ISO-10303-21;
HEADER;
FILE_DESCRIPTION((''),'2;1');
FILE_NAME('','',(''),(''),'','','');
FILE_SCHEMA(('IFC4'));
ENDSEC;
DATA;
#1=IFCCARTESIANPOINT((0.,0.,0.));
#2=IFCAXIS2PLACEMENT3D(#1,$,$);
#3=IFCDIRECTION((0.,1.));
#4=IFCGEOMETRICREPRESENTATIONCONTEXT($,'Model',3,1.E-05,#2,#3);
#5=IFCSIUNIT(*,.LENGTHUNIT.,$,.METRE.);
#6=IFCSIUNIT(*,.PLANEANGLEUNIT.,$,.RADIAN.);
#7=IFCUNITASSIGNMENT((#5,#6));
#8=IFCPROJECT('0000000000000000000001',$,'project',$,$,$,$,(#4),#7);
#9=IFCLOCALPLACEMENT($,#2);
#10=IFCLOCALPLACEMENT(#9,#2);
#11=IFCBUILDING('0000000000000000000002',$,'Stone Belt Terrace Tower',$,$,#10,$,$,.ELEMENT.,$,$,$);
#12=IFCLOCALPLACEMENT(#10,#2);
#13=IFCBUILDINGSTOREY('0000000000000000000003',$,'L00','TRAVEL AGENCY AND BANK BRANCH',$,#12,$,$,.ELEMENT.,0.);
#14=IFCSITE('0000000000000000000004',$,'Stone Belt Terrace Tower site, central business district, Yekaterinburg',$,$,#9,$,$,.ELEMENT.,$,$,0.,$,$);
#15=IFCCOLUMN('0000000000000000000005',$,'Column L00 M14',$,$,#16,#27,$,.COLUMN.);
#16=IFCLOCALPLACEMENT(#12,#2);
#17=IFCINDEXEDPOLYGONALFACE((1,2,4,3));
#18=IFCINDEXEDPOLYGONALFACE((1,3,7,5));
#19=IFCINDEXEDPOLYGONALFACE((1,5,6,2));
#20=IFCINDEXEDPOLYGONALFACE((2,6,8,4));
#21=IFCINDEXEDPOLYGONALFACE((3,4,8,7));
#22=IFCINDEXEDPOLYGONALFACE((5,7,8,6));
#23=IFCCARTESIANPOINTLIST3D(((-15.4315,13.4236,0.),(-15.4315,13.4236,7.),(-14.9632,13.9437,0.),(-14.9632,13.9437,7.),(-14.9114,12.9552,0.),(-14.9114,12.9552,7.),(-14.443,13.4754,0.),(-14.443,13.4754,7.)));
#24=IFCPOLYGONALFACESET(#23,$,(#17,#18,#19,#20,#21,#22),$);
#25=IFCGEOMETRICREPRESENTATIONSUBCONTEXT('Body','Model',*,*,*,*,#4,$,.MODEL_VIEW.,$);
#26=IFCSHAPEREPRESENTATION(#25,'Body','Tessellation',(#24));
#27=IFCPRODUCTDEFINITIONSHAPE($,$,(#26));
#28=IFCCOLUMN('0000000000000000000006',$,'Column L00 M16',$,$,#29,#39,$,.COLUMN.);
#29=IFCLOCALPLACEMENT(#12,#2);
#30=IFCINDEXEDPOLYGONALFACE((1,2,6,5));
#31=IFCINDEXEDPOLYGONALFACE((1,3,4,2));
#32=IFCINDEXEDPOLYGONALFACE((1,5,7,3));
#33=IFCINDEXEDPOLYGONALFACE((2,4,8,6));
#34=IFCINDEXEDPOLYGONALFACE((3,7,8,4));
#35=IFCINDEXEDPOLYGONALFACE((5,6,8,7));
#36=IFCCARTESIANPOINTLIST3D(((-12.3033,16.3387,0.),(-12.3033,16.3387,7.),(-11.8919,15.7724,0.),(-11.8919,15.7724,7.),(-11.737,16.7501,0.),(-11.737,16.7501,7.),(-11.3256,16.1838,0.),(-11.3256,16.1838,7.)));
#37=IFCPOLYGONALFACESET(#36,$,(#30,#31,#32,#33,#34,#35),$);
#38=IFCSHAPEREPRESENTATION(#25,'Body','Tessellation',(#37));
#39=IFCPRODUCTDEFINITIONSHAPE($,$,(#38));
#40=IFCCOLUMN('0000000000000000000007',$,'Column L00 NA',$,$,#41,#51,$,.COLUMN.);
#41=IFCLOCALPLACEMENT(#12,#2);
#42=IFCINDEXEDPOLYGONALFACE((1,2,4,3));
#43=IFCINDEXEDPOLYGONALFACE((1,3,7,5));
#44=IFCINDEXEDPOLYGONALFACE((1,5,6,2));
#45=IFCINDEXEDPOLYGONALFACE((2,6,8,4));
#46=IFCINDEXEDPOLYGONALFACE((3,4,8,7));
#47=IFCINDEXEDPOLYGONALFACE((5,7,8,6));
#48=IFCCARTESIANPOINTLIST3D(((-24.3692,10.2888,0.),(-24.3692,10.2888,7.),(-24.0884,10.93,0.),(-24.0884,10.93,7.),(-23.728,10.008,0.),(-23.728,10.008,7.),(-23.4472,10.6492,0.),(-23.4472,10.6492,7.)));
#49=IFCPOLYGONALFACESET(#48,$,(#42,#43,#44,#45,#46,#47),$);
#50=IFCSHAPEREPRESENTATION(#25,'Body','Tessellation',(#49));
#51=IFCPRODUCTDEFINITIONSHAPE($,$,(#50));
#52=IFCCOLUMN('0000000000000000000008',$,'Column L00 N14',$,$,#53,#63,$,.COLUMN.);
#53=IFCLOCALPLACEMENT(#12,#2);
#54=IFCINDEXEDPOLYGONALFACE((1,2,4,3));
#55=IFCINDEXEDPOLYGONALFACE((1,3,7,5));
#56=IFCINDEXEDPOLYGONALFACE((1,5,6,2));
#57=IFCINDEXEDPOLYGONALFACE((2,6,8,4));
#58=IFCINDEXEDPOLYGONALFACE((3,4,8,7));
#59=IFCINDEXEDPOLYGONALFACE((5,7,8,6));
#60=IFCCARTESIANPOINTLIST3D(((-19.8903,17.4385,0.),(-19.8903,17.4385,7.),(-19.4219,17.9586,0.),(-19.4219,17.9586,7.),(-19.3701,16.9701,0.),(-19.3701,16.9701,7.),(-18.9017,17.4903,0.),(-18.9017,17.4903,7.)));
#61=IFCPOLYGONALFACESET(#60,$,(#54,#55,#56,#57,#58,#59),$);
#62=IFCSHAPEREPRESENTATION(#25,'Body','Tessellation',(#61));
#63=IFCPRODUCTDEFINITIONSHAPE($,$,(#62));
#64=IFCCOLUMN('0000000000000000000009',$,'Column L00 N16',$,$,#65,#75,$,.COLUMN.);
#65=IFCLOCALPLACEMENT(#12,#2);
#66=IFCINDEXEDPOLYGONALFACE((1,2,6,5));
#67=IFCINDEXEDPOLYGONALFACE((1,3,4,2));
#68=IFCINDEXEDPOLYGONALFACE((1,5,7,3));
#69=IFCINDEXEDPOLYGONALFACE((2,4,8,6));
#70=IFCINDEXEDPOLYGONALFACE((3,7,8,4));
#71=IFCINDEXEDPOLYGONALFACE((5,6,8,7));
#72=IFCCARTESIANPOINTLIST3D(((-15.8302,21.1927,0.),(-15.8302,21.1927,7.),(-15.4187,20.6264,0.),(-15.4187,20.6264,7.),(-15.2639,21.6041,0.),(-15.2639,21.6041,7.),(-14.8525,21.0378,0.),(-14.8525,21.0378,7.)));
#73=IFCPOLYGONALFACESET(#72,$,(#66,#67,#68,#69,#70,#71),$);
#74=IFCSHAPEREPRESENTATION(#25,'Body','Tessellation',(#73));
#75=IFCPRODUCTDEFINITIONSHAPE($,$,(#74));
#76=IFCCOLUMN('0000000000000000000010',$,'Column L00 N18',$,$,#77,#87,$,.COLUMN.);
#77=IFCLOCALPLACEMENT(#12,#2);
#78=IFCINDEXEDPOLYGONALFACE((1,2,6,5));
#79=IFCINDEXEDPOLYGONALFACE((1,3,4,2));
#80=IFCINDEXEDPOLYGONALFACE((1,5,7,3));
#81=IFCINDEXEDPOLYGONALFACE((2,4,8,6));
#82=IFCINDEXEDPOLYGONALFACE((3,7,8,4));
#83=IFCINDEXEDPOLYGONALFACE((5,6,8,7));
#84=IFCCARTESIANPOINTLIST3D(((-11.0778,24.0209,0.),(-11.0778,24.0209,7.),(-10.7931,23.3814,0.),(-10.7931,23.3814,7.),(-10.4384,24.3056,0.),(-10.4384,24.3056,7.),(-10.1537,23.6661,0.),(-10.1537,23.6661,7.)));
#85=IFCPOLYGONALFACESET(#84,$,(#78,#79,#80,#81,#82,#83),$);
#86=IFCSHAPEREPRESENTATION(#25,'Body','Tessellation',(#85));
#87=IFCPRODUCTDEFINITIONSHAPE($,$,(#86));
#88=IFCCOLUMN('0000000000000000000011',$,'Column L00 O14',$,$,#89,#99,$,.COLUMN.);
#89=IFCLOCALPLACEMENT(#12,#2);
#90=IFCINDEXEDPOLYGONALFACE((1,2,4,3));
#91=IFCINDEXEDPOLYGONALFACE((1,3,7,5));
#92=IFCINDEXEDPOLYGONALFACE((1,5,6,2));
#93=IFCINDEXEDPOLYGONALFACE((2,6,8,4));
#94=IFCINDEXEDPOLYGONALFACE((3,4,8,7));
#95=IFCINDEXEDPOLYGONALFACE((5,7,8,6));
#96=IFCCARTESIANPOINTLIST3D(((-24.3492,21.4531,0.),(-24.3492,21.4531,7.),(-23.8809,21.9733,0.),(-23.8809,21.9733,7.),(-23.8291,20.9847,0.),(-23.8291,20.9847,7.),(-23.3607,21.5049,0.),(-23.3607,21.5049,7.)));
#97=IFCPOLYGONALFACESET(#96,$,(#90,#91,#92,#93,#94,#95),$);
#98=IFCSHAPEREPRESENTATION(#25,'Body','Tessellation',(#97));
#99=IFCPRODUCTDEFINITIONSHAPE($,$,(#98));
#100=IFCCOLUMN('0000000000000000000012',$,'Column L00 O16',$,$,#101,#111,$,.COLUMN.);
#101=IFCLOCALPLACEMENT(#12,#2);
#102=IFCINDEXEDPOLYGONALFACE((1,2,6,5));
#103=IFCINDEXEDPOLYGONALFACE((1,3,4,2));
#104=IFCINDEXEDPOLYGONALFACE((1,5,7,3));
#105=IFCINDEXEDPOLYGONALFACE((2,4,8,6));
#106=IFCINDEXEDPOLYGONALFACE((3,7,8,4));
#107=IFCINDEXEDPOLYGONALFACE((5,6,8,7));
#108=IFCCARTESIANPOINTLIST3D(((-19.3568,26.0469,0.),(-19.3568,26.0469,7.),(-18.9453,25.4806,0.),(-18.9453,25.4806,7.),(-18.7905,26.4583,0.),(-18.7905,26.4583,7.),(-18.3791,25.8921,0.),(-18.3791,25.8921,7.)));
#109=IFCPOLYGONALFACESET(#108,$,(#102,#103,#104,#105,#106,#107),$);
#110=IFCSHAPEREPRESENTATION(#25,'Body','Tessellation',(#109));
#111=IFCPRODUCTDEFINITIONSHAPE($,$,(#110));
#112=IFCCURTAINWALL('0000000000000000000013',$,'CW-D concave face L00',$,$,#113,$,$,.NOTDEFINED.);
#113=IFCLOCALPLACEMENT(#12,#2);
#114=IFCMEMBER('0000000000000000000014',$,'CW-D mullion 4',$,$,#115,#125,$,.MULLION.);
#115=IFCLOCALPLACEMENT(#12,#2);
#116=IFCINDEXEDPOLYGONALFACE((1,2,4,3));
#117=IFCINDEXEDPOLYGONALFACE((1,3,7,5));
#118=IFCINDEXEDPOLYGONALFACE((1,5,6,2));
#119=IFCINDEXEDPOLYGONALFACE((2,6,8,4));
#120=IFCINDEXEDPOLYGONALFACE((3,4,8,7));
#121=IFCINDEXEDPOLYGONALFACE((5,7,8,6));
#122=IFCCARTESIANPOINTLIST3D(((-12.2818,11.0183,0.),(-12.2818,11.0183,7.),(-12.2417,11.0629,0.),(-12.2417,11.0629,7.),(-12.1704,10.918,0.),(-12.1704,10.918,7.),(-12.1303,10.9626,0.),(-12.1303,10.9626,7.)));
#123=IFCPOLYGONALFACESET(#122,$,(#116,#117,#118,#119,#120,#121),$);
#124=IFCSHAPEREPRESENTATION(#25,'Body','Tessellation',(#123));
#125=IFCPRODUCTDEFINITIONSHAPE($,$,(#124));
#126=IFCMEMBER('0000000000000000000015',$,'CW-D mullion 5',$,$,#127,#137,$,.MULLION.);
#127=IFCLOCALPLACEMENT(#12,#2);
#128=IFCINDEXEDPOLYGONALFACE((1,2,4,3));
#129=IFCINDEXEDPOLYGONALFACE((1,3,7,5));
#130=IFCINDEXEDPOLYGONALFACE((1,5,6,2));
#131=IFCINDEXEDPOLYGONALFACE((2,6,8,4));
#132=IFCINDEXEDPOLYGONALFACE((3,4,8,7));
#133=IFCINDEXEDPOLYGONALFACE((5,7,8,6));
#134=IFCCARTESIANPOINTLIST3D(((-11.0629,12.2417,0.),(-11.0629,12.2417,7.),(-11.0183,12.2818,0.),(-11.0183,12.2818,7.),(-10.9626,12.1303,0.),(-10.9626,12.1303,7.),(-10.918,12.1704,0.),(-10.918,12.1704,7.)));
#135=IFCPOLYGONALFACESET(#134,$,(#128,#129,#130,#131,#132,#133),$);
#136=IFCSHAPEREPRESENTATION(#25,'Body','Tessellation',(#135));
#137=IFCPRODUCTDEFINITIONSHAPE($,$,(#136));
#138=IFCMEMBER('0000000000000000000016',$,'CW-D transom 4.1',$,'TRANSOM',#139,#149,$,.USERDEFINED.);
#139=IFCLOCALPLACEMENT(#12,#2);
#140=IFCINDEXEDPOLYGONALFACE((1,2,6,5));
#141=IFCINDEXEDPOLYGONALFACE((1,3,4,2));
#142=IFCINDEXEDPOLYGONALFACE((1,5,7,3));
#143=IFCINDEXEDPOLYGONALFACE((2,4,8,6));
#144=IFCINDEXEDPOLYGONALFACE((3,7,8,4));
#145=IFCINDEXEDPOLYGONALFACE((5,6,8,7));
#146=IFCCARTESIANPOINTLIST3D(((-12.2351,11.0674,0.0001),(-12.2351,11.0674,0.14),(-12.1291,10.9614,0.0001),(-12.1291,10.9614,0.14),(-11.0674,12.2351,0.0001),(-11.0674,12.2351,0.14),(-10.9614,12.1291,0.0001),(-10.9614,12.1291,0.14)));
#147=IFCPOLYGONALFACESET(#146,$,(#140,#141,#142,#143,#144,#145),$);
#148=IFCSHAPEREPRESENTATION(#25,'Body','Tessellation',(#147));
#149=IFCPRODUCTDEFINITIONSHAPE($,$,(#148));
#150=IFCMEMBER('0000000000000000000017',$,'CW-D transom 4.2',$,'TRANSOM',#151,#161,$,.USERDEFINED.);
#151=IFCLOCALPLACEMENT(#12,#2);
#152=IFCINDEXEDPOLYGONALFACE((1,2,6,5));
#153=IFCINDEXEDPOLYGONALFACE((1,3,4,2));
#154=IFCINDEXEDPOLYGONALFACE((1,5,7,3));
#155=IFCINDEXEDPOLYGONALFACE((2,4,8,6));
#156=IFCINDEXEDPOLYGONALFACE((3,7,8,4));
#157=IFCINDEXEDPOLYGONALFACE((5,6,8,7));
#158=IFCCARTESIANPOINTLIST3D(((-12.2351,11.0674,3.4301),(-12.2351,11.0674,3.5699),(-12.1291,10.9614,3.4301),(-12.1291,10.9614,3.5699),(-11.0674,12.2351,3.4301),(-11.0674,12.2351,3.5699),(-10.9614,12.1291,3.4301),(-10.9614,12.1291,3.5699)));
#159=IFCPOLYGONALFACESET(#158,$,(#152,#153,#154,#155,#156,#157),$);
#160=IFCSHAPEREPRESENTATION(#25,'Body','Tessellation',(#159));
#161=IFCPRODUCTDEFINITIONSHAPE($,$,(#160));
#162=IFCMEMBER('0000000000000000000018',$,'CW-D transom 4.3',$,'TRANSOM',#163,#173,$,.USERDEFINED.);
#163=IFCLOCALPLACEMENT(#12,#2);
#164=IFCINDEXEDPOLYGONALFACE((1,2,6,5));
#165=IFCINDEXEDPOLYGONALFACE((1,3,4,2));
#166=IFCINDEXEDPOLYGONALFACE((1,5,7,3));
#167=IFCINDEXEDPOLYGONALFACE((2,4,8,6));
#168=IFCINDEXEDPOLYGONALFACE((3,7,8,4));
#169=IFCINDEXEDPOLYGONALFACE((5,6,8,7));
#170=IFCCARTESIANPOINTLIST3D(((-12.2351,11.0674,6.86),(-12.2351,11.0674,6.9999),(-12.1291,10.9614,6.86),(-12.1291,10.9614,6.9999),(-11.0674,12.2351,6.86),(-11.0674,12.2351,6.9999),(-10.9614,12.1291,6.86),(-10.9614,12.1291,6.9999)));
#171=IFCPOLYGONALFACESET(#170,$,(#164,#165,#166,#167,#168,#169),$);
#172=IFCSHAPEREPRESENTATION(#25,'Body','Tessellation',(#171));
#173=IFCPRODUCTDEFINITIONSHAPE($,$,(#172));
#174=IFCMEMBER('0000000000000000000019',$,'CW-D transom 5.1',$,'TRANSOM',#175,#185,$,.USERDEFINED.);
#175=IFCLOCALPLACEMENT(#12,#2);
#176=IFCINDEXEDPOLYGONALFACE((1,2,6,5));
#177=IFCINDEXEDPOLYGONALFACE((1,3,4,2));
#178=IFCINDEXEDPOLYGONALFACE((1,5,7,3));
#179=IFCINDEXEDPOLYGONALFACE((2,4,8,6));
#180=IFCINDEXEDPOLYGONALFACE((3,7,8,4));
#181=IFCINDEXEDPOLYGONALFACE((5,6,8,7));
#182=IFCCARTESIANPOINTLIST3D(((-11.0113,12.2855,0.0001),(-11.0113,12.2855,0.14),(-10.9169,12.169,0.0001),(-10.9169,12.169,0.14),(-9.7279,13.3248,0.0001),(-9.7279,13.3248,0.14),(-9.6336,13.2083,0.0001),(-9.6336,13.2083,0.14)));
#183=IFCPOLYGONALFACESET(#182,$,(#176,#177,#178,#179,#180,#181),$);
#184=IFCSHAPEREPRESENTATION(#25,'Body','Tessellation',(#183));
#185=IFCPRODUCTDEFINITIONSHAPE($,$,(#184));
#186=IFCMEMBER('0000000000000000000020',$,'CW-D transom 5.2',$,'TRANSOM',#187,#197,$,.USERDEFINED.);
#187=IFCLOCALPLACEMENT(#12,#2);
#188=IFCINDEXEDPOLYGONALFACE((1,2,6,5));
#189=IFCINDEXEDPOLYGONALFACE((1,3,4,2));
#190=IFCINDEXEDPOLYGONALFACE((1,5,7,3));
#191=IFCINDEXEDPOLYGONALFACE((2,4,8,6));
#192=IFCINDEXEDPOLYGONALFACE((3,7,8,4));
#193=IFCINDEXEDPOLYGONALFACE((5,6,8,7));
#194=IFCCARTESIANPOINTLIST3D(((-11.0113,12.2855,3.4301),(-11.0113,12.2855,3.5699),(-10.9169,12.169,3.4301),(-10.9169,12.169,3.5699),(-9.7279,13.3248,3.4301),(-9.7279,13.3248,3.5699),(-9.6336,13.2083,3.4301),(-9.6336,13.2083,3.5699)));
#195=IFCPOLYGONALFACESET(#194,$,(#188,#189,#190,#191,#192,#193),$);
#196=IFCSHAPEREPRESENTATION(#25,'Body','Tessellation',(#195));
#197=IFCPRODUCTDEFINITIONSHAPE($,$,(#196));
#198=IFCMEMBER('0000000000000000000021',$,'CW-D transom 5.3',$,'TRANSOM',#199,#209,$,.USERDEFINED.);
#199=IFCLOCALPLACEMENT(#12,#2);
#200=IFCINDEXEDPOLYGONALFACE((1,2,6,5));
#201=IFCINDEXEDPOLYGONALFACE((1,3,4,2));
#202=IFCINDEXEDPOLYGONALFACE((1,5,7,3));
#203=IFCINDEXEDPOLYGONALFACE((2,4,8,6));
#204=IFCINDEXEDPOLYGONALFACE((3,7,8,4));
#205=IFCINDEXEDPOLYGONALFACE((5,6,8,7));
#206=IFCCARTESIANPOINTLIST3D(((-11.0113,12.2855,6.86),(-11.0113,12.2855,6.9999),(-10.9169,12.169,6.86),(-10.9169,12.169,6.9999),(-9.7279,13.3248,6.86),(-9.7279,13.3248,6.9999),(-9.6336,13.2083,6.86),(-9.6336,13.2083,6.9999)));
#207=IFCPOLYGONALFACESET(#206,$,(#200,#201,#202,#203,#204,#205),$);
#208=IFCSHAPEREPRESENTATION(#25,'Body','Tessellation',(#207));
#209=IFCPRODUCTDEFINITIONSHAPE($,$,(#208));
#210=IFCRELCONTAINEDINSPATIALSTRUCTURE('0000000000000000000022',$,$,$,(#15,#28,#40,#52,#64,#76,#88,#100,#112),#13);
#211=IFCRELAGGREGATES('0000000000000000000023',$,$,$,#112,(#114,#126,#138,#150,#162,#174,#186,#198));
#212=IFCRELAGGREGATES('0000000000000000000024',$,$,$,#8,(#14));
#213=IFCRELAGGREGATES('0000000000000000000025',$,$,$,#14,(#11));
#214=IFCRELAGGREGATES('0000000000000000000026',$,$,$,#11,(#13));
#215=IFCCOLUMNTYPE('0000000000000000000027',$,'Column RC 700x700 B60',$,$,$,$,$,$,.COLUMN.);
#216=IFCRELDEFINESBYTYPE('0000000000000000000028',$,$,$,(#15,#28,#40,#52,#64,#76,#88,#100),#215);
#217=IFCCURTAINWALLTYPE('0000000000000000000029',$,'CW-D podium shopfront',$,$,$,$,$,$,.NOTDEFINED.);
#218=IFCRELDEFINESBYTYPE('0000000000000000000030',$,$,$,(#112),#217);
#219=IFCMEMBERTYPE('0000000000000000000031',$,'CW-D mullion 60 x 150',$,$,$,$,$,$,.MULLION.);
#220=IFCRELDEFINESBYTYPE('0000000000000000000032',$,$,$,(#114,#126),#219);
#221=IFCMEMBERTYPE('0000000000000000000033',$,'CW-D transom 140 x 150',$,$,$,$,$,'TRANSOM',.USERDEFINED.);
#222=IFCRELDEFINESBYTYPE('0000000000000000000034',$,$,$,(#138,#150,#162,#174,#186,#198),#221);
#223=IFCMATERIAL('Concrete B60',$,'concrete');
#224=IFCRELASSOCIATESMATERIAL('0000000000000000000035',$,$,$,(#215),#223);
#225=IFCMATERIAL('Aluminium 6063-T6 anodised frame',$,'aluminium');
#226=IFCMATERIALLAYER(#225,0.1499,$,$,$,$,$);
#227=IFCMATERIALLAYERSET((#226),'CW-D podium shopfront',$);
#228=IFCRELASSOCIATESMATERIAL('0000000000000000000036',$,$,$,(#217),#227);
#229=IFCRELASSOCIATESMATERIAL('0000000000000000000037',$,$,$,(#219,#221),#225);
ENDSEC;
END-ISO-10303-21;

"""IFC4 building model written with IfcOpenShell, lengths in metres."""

from ifc_helpers import new_model, si_unit, direction, frame, origin, origin_2d, place, context, subcontext, project, spatial, rectangle, extrude, material, layer, layer_set, material_profile, profile_set, type_object, element, aggregate, save


model = new_model("IFC4")

# Units and contexts
model_context = context("Model", 3, precision=1e-05, world=origin(), true_north=direction((0.0, 1.0)))
body_context = subcontext(model_context, "Body", "Model", "MODEL_VIEW")
ifc_project = project(units=[si_unit("LENGTHUNIT", "METRE"), si_unit("PLANEANGLEUNIT", "RADIAN")], contexts=[model_context])

# Site, building, storey
site_placement = place(None, origin())
site = spatial("IfcSite", under=ifc_project, at=site_placement, Name="Stone Belt Terrace Tower site, central business district, Yekaterinburg", CompositionType="ELEMENT", RefElevation=0.0)
building_placement = place(site_placement, origin())
building = spatial("IfcBuilding", under=site, at=building_placement, Name="Stone Belt Terrace Tower", CompositionType="ELEMENT")
storey_placement = place(building_placement, origin())
storey = spatial("IfcBuildingStorey", under=building, at=storey_placement, Name="L00", Description="TRAVEL AGENCY AND BANK BRANCH", CompositionType="ELEMENT", Elevation=0.0)

# Columns
ifc_material_1 = material(Name="Concrete B60", Category="concrete")
ifc_material_profile_1 = material_profile(ifc_material_1, rectangle(XDim=0.7, YDim=0.7, at=origin_2d()), Name="RC 700x700")
ifc_profile_set_1 = profile_set([ifc_material_profile_1], Name="Concrete B60")
column_type = type_object("IfcColumnType", Name="Column RC 700x700 B60", PredefinedType="COLUMN", material=ifc_profile_set_1)
for number, where, z_axis, x_axis, name in (
    (1, (-14.9373, 13.4495, 0.0), (0.0, 0.0, 1.0), (0.669131, 0.743145, 0.0), "Column L00 M14"),
    (2, (-11.8145, 16.2612, 0.0), (0.0, 0.0, 1.0), (0.809017, 0.587785, 0.0), "Column L00 M16"),
    (3, (-23.9082, 10.469, 0.0), (0.0, 0.0, 1.0), (0.401115, 0.916028, 0.0), "Column L00 NA"),
    (4, (-19.396, 17.4644, 0.0), (0.0, 0.0, 1.0), (0.669131, 0.743145, 0.0), "Column L00 N14"),
    (5, (-15.3413, 21.1152, 0.0), (0.0, 0.0, 1.0), (0.809017, 0.587785, 0.0), "Column L00 N16"),
    (6, (-10.6157, 23.8435, 0.0), (0.0, 0.0, 1.0), (0.913545, 0.406737, 0.0), "Column L00 N18"),
    (7, (-23.855, 21.479, 0.0), (0.0, 0.0, 1.0), (0.669131, 0.743145, 0.0), "Column L00 O14"),
    (8, (-18.8679, 25.9695, 0.0), (0.0, 0.0, 1.0), (0.809017, 0.587785, 0.0), "Column L00 O16"),
):
    element("IfcColumn", number, at=place(storey_placement, frame(where, z_axis=z_axis, x_axis=x_axis)), inside=storey, type_object=column_type, Name=name, PredefinedType="COLUMN", context=body_context, shape_type="SweptSolid", body=[
        extrude(rectangle(XDim=0.7, YDim=0.7, at=origin_2d()), origin(), (0.0, 0.0, 1.0), 7.0),
    ])

# Curtain wall, members
ifc_material_2 = material(Name="Aluminium 6063-T6 anodised frame", Category="aluminium")
ifc_layer_1 = layer(ifc_material_2, 0.1499)
ifc_layer_set_1 = layer_set([ifc_layer_1], Name="CW-D podium shopfront")
curtain_wall_type = type_object("IfcCurtainWallType", Name="CW-D podium shopfront", PredefinedType="NOTDEFINED", material=ifc_layer_set_1)
curtain_wall_placement = place(storey_placement, origin())
curtain_wall = element("IfcCurtainWall", 9, at=curtain_wall_placement, inside=storey, type_object=curtain_wall_type, Name="CW-D concave face L00", PredefinedType="NOTDEFINED")
ifc_material_profile_2 = material_profile(ifc_material_2, rectangle(XDim=0.1499, YDim=0.0601, at=origin_2d()), Name="Aluminium 6063-T6 60x150")
ifc_profile_set_2 = profile_set([ifc_material_profile_2], Name="Aluminium 6063-T6 anodised frame")
member_type_1 = type_object("IfcMemberType", Name="CW-D mullion 60 x 150", PredefinedType="MULLION", material=ifc_profile_set_2)
member_1_placement = place(storey_placement, frame((-12.2061, 10.9905, 0.0), z_axis=(0.0, 0.0, 1.0), x_axis=(-0.743145, 0.669131, 0.0)))
member_1 = element("IfcMember", 10, at=member_1_placement, type_object=member_type_1, Name="CW-D mullion 4", PredefinedType="MULLION", context=body_context, shape_type="SweptSolid", body=[
    extrude(rectangle(XDim=0.1499, YDim=0.0601, at=origin_2d()), origin(), (0.0, 0.0, 1.0), 7.0),
])
member_2_placement = place(storey_placement, frame((-10.9905, 12.2061, 0.0), z_axis=(0.0, 0.0, 1.0), x_axis=(-0.669131, 0.743145, 0.0)))
member_2 = element("IfcMember", 11, at=member_2_placement, type_object=member_type_1, Name="CW-D mullion 5", PredefinedType="MULLION", context=body_context, shape_type="SweptSolid", body=[
    extrude(rectangle(XDim=0.1499, YDim=0.0601, at=origin_2d()), origin(), (0.0, 0.0, 1.0), 7.0),
])
ifc_material_profile_3 = material_profile(ifc_material_2, rectangle(XDim=0.1499, YDim=0.1399, at=origin_2d()), Name="Aluminium 6063-T6 150x140")
ifc_profile_set_3 = profile_set([ifc_material_profile_3], Name="Aluminium 6063-T6 anodised frame")
member_type_2 = type_object("IfcMemberType", Name="CW-D transom 140 x 150", ElementType="TRANSOM", PredefinedType="USERDEFINED", material=ifc_profile_set_3)
member_3_placement = place(storey_placement, frame((-12.1821, 11.0144, 0.0701), z_axis=(0.707107, 0.707107, 0.0), x_axis=(-0.707107, 0.707107, 0.0)))
member_3 = element("IfcMember", 12, at=member_3_placement, type_object=member_type_2, Name="CW-D transom 4.1", ObjectType="TRANSOM", PredefinedType="USERDEFINED", context=body_context, shape_type="SweptSolid", body=[
    extrude(rectangle(XDim=0.1499, YDim=0.1399, at=origin_2d()), origin(), (0.0, 0.0, 1.0), 1.6514),
])
member_4_placement = place(storey_placement, frame((-12.1821, 11.0144, 3.5), z_axis=(0.707107, 0.707107, 0.0), x_axis=(-0.707107, 0.707107, 0.0)))
member_4 = element("IfcMember", 13, at=member_4_placement, type_object=member_type_2, Name="CW-D transom 4.2", ObjectType="TRANSOM", PredefinedType="USERDEFINED", context=body_context, shape_type="SweptSolid", body=[
    extrude(rectangle(XDim=0.1499, YDim=0.1399, at=origin_2d()), origin(), (0.0, 0.0, 1.0), 1.6514),
])
member_5_placement = place(storey_placement, frame((-12.1821, 11.0144, 6.9299), z_axis=(0.707107, 0.707107, 0.0), x_axis=(-0.707107, 0.707107, 0.0)))
member_5 = element("IfcMember", 14, at=member_5_placement, type_object=member_type_2, Name="CW-D transom 4.3", ObjectType="TRANSOM", PredefinedType="USERDEFINED", context=body_context, shape_type="SweptSolid", body=[
    extrude(rectangle(XDim=0.1499, YDim=0.1399, at=origin_2d()), origin(), (0.0, 0.0, 1.0), 1.6514),
])
member_6_placement = place(storey_placement, frame((-10.9641, 12.2273, 0.0701), z_axis=(0.777148, 0.629317, 0.0), x_axis=(-0.629317, 0.777148, 0.0)))
member_6 = element("IfcMember", 15, at=member_6_placement, type_object=member_type_2, Name="CW-D transom 5.1", ObjectType="TRANSOM", PredefinedType="USERDEFINED", context=body_context, shape_type="SweptSolid", body=[
    extrude(rectangle(XDim=0.1499, YDim=0.1399, at=origin_2d()), origin(), (0.0, 0.0, 1.0), 1.6514),
])
member_7_placement = place(storey_placement, frame((-10.9641, 12.2273, 3.5), z_axis=(0.777148, 0.629317, 0.0), x_axis=(-0.629317, 0.777148, 0.0)))
member_7 = element("IfcMember", 16, at=member_7_placement, type_object=member_type_2, Name="CW-D transom 5.2", ObjectType="TRANSOM", PredefinedType="USERDEFINED", context=body_context, shape_type="SweptSolid", body=[
    extrude(rectangle(XDim=0.1499, YDim=0.1399, at=origin_2d()), origin(), (0.0, 0.0, 1.0), 1.6514),
])
member_8_placement = place(storey_placement, frame((-10.9641, 12.2273, 6.9299), z_axis=(0.777148, 0.629317, 0.0), x_axis=(-0.629317, 0.777148, 0.0)))
member_8 = element("IfcMember", 17, at=member_8_placement, type_object=member_type_2, Name="CW-D transom 5.3", ObjectType="TRANSOM", PredefinedType="USERDEFINED", context=body_context, shape_type="SweptSolid", body=[
    extrude(rectangle(XDim=0.1499, YDim=0.1399, at=origin_2d()), origin(), (0.0, 0.0, 1.0), 1.6514),
])

aggregate(curtain_wall, [member_1, member_2, member_3, member_4, member_5, member_6, member_7, member_8])

save(model, "model.ifc")
